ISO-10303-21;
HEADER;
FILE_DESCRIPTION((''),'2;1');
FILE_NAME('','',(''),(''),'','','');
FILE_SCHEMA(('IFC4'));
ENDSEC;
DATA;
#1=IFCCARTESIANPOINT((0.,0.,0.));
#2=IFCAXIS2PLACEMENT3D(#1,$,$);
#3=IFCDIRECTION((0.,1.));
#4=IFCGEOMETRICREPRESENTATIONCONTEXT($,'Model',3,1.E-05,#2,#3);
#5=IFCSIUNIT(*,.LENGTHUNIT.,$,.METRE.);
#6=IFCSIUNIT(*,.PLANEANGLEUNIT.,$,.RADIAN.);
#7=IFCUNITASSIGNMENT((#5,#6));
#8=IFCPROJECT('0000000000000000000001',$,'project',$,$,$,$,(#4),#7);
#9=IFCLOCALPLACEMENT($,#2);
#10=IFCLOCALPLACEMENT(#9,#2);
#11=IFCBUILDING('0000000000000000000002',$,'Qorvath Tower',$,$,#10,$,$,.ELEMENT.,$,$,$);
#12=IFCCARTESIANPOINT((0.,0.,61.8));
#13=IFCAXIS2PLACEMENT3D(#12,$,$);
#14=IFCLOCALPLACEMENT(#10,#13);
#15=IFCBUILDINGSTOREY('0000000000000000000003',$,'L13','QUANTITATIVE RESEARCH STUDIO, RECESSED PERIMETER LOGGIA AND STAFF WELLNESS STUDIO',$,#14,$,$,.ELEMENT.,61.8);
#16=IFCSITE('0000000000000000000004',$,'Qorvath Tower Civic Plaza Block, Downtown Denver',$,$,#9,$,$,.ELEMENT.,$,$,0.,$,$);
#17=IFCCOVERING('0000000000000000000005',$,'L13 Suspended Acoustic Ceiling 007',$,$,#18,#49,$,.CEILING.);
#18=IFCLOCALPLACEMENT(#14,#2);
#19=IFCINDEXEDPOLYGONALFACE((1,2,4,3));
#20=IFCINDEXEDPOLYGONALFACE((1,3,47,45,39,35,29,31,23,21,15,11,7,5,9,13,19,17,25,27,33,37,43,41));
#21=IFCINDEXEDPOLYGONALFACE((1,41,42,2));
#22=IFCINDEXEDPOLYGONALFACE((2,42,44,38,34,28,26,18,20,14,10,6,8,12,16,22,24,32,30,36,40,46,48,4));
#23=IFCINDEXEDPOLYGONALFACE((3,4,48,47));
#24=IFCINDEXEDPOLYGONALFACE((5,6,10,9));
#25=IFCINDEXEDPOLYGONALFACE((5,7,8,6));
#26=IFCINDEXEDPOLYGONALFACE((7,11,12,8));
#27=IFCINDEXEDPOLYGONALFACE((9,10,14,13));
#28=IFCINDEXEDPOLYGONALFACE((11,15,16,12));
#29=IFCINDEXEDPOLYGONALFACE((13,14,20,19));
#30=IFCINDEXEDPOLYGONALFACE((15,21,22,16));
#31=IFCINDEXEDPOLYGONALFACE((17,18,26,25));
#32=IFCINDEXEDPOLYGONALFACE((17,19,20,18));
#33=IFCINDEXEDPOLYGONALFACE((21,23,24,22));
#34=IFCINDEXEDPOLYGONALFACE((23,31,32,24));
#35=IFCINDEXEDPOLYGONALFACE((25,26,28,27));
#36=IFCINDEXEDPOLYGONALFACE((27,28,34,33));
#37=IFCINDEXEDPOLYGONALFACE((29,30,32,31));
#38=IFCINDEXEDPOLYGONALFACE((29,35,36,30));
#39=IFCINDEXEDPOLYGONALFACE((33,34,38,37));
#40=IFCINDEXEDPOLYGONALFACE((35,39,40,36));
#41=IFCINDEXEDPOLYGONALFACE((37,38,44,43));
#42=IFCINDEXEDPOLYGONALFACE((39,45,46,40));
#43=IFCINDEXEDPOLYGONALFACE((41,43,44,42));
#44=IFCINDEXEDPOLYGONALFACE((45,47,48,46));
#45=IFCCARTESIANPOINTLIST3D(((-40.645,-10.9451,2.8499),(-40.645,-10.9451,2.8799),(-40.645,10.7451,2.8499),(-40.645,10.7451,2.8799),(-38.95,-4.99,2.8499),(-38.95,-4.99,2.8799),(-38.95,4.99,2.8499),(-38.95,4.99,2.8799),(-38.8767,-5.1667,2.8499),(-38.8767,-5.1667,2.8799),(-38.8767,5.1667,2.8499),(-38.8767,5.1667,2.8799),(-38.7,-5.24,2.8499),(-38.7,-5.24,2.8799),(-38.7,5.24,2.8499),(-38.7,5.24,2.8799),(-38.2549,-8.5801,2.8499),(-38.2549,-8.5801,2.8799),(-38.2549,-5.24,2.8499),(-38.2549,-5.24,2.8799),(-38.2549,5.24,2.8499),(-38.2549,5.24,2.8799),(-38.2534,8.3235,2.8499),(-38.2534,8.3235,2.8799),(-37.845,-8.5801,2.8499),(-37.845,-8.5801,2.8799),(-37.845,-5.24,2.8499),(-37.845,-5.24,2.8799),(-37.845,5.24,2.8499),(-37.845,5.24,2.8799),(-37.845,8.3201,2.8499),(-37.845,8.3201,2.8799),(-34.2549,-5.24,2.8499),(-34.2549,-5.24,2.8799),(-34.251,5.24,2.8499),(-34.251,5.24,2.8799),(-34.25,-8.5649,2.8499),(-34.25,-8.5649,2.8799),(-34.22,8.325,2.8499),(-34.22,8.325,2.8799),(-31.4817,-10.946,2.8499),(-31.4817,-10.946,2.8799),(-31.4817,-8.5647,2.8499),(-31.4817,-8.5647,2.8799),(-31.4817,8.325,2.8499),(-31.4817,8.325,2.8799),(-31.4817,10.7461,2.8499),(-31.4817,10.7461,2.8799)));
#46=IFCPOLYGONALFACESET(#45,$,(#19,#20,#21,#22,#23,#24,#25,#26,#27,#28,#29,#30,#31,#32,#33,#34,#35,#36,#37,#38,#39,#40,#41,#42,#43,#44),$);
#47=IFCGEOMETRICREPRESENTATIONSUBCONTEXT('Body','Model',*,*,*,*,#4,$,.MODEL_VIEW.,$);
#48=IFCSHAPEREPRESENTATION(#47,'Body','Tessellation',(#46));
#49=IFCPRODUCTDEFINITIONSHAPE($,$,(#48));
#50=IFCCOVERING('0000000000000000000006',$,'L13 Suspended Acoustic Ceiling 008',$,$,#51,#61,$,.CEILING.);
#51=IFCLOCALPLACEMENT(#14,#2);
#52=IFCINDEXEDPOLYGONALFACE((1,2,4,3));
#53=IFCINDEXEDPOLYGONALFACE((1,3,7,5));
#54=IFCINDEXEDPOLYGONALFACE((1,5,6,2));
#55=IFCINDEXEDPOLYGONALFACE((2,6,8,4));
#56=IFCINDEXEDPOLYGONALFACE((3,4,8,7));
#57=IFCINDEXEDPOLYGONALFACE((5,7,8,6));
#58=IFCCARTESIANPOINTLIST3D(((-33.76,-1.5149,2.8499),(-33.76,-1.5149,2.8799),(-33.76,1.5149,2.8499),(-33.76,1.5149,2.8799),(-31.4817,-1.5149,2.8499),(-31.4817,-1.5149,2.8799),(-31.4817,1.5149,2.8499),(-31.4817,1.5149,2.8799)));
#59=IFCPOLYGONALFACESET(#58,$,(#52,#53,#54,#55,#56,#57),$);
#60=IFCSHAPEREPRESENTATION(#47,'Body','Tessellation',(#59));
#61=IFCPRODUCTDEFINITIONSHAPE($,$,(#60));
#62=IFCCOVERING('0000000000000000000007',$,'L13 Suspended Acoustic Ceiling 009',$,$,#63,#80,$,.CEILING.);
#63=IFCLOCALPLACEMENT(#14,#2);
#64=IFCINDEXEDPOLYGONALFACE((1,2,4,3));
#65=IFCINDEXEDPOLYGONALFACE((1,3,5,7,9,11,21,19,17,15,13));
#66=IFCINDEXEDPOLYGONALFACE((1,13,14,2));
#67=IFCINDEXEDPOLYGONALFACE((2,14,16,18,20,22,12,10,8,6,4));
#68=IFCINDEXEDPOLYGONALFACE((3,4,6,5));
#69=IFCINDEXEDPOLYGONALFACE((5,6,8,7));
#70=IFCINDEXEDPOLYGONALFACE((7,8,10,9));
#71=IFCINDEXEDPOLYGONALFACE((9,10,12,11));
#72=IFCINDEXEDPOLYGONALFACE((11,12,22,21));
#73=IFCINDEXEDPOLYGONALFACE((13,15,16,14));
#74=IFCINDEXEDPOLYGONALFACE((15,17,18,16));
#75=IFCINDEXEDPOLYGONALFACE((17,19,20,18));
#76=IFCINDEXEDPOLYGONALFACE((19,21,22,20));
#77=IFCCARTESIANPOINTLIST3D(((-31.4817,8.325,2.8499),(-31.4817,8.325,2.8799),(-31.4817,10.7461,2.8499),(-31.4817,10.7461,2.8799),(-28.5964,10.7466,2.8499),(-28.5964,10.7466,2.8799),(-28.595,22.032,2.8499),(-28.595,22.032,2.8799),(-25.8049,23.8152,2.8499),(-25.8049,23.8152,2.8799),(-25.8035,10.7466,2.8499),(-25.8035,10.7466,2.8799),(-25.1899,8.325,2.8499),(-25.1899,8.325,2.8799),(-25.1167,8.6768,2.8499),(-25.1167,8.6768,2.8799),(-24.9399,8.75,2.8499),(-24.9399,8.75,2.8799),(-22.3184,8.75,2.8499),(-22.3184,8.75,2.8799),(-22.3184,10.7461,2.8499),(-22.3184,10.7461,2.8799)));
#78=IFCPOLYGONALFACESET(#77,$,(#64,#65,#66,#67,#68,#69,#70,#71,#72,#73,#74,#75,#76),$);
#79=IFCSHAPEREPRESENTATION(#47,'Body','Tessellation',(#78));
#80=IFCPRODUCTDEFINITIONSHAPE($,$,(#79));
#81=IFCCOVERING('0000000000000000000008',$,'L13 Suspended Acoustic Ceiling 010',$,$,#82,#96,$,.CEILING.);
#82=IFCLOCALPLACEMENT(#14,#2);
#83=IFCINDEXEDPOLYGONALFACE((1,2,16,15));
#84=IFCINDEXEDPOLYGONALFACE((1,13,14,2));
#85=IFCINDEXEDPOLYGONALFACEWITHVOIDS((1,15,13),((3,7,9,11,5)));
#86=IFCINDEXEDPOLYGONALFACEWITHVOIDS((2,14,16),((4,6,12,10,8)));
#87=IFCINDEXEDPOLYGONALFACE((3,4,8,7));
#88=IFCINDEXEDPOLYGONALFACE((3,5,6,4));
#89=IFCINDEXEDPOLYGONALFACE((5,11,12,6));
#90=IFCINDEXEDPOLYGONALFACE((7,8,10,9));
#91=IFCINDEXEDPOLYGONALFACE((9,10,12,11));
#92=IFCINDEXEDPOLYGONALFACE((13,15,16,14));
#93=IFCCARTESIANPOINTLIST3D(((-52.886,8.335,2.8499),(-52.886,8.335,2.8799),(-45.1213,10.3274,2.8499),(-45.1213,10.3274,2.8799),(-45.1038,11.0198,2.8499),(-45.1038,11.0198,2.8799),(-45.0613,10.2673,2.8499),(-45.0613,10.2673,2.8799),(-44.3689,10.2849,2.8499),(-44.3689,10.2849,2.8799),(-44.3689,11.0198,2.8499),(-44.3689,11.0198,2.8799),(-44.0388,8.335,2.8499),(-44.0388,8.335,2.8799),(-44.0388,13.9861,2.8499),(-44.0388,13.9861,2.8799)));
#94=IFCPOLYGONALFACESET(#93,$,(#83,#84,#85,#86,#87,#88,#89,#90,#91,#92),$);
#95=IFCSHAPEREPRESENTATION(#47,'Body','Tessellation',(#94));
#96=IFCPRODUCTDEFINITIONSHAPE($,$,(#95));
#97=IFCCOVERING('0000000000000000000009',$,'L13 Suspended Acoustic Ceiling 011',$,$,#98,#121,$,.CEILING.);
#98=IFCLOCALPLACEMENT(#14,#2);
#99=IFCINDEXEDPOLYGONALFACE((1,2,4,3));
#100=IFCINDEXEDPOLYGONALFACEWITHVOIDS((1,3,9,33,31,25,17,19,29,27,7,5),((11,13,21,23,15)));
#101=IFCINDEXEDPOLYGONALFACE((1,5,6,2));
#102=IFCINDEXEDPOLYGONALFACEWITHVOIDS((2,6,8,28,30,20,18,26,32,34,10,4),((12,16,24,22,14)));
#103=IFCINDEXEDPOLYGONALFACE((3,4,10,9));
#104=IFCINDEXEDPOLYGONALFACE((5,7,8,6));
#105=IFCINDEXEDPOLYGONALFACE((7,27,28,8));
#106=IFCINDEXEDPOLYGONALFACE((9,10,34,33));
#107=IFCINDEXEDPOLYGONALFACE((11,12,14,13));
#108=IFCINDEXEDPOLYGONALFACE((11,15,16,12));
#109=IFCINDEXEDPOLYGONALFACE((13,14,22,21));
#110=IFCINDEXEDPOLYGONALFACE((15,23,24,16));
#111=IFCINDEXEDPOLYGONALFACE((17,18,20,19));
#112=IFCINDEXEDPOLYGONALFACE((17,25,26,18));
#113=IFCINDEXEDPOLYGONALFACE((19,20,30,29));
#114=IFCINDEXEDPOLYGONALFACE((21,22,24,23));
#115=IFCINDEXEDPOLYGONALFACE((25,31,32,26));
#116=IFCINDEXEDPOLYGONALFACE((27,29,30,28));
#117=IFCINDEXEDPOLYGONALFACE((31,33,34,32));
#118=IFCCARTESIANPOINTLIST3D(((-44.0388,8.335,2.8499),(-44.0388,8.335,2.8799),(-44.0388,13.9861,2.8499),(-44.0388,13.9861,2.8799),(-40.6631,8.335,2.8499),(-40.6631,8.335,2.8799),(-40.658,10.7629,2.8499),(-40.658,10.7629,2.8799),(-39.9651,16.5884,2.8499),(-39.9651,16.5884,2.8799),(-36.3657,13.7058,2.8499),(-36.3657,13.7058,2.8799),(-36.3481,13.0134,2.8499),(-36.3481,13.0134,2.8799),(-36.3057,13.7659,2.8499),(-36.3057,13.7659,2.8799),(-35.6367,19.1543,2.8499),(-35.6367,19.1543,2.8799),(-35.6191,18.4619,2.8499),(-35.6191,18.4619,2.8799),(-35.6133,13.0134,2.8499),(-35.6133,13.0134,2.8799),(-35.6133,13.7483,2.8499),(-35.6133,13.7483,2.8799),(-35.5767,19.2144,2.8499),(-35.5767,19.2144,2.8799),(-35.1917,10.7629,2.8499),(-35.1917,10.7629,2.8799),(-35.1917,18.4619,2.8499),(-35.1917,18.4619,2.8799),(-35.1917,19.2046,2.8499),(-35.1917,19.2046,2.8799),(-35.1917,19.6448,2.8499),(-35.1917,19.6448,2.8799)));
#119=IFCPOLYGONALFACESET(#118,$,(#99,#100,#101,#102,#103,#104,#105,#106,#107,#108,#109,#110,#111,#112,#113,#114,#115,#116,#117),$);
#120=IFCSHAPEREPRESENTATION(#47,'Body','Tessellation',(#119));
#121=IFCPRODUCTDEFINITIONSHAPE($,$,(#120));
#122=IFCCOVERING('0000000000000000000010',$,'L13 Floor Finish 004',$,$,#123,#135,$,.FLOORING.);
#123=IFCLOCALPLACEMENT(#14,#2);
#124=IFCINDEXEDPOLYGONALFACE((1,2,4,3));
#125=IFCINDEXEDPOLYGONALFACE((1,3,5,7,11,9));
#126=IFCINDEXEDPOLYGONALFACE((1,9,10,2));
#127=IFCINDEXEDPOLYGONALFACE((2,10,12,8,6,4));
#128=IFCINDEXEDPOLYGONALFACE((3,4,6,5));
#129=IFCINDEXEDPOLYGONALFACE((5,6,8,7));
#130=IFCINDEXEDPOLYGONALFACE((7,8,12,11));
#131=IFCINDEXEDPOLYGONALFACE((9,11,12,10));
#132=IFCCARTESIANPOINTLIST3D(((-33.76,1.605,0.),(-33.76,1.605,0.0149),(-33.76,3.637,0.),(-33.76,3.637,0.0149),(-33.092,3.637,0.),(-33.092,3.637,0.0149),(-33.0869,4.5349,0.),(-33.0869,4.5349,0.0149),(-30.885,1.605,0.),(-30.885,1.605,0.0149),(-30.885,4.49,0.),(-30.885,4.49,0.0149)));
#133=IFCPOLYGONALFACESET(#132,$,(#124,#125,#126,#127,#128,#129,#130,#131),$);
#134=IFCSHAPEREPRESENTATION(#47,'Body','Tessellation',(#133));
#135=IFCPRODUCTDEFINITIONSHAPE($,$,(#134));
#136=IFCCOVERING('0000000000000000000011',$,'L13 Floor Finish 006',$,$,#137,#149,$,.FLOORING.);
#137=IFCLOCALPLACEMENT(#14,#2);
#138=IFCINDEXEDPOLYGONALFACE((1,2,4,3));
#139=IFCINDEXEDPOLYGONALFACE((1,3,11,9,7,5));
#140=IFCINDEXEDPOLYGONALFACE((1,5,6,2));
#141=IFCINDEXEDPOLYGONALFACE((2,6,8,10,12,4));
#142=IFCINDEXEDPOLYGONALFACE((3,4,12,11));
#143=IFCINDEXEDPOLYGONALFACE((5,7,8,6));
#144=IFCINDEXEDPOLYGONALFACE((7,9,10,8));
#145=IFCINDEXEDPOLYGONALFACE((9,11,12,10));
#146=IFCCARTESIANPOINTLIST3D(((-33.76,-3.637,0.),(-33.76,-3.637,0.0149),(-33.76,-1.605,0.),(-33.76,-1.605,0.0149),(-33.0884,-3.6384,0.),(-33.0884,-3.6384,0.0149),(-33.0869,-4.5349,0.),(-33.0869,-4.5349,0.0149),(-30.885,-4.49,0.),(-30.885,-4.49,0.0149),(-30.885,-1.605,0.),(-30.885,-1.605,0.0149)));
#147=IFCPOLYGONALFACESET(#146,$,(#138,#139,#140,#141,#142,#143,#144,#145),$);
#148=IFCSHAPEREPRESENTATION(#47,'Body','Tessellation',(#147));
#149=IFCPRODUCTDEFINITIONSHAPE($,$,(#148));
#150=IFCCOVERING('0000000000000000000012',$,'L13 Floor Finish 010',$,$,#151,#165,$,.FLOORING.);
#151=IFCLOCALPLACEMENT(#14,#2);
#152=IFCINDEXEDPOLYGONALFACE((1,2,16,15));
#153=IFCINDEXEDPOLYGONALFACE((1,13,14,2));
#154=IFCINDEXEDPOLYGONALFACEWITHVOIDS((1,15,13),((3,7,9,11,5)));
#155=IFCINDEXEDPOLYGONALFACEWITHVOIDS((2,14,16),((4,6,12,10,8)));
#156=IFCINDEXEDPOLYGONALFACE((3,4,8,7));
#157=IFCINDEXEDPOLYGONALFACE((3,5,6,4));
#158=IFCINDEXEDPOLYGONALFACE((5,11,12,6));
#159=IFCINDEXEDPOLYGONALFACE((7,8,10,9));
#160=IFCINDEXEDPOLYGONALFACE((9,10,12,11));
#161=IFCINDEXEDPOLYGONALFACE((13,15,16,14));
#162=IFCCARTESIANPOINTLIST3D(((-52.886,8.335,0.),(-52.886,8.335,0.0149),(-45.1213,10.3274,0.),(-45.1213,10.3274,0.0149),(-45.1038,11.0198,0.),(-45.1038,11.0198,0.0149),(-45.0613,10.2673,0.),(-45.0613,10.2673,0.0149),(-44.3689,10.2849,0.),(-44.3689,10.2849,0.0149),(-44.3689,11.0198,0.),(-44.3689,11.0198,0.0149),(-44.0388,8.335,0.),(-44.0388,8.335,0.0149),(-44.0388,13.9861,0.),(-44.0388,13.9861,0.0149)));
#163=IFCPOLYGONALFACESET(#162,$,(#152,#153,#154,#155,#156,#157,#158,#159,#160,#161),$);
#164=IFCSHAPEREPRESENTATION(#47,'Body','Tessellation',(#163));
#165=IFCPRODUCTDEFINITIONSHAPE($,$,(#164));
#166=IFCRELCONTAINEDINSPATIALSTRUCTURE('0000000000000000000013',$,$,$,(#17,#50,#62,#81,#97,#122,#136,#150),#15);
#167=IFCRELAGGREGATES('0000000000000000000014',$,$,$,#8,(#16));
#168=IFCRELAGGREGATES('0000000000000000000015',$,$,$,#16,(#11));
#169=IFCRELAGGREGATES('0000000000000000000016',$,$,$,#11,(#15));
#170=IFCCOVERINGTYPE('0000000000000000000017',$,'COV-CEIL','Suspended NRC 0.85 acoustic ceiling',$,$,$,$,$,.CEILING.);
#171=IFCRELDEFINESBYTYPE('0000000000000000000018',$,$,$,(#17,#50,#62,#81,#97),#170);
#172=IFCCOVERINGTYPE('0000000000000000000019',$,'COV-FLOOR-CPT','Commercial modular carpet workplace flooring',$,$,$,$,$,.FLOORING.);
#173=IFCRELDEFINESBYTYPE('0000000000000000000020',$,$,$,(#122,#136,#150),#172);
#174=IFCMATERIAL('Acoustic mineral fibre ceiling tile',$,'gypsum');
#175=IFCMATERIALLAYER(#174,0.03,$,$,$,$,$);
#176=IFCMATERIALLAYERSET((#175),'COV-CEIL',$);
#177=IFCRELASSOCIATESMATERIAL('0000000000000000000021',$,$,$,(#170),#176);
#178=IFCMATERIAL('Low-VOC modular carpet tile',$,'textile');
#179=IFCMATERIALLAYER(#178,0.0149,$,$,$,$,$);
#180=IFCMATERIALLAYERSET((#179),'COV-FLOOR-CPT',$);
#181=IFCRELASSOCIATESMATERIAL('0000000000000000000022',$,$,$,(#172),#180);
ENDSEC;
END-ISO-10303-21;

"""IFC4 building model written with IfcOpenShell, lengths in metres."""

from ifc_helpers import new_model, si_unit, direction, frame, origin, place, context, subcontext, project, spatial, polyline, outline, extrude, material, layer, layer_set, type_object, element, save


model = new_model("IFC4")

# Units and contexts
model_context = context("Model", 3, precision=1e-05, world=origin(), true_north=direction((0.0, 1.0)))
body_context = subcontext(model_context, "Body", "Model", "MODEL_VIEW")
ifc_project = project(units=[si_unit("LENGTHUNIT", "METRE"), si_unit("PLANEANGLEUNIT", "RADIAN")], contexts=[model_context])

# Site, building, storey
site_placement = place(None, origin())
site = spatial("IfcSite", under=ifc_project, at=site_placement, Name="Qorvath Tower Civic Plaza Block, Downtown Denver", CompositionType="ELEMENT", RefElevation=0.0)
building_placement = place(site_placement, origin())
building = spatial("IfcBuilding", under=site, at=building_placement, Name="Qorvath Tower", CompositionType="ELEMENT")
storey_placement = place(building_placement, frame((0.0, 0.0, 61.8)))
storey = spatial("IfcBuildingStorey", under=building, at=storey_placement, Name="L13", Description="QUANTITATIVE RESEARCH STUDIO, RECESSED PERIMETER LOGGIA AND STAFF WELLNESS STUDIO", CompositionType="ELEMENT", Elevation=61.8)

# Coverings
ifc_material_1 = material(Name="Acoustic mineral fibre ceiling tile", Category="gypsum")
ifc_layer_1 = layer(ifc_material_1, 0.03)
ifc_layer_set_1 = layer_set([ifc_layer_1], Name="COV-CEIL")
covering_type_1 = type_object("IfcCoveringType", Name="COV-CEIL", Description="Suspended NRC 0.85 acoustic ceiling", PredefinedType="CEILING", material=ifc_layer_set_1)
covering_1_placement = place(storey_placement, frame((0.0, 0.0, 2.8499)))
element("IfcCovering", 1, at=covering_1_placement, inside=storey, type_object=covering_type_1, Name="L13 Suspended Acoustic Ceiling 007", PredefinedType="CEILING", context=body_context, shape_type="SweptSolid", body=[
    extrude(outline(polyline([(-31.4817, -10.946), (-31.4817, -8.5647), (-34.25, -8.5649), (-34.2549, -5.24), (-37.845, -5.24), (-37.845, -8.5801), (-38.2549, -8.5801), (-38.2549, -5.24), (-38.7, -5.24), (-38.8767, -5.1667), (-38.95, -4.99), (-38.95, 4.99), (-38.8767, 5.1667), (-38.7, 5.24), (-38.2549, 5.24), (-38.2534, 8.3235), (-37.845, 8.3201), (-37.845, 5.24), (-34.251, 5.24), (-34.22, 8.325), (-31.4817, 8.325), (-31.4817, 10.7461), (-40.645, 10.7451), (-40.645, -10.9451), (-31.4817, -10.946)])), origin(), (0.0, 0.0, 1.0), 0.03),
])
covering_2_placement = place(storey_placement, frame((0.0, 0.0, 2.8499)))
element("IfcCovering", 2, at=covering_2_placement, inside=storey, type_object=covering_type_1, Name="L13 Suspended Acoustic Ceiling 008", PredefinedType="CEILING", context=body_context, shape_type="SweptSolid", body=[
    extrude(outline(polyline([(-31.4817, -1.5149), (-31.4817, 1.5149), (-33.76, 1.5149), (-33.76, -1.5149), (-31.4817, -1.5149)])), origin(), (0.0, 0.0, 1.0), 0.03),
])
covering_3_placement = place(storey_placement, frame((0.0, 0.0, 2.8499)))
element("IfcCovering", 3, at=covering_3_placement, inside=storey, type_object=covering_type_1, Name="L13 Suspended Acoustic Ceiling 009", PredefinedType="CEILING", context=body_context, shape_type="SweptSolid", body=[
    extrude(outline(polyline([(-31.4817, 10.7461), (-31.4817, 8.325), (-25.1899, 8.325), (-25.1167, 8.6768), (-24.9399, 8.75), (-22.3184, 8.75), (-22.3184, 10.7461), (-25.8035, 10.7466), (-25.8049, 23.8152), (-28.595, 22.032), (-28.5964, 10.7466), (-31.4817, 10.7461)])), origin(), (0.0, 0.0, 1.0), 0.03),
])
covering_4_placement = place(storey_placement, frame((0.0, 0.0, 2.8499)))
element("IfcCovering", 4, at=covering_4_placement, inside=storey, type_object=covering_type_1, Name="L13 Suspended Acoustic Ceiling 010", PredefinedType="CEILING", context=body_context, shape_type="SweptSolid", body=[
    extrude(outline(polyline([(-52.886, 8.335), (-44.0388, 8.335), (-44.0388, 13.9861), (-52.886, 8.335)]), holes=[polyline([(-45.1213, 10.3274), (-45.1038, 11.0198), (-44.3689, 11.0198), (-44.3689, 10.2849), (-45.0613, 10.2673), (-45.1213, 10.3274)])]), origin(), (0.0, 0.0, 1.0), 0.03),
])
covering_5_placement = place(storey_placement, frame((0.0, 0.0, 2.8499)))
element("IfcCovering", 5, at=covering_5_placement, inside=storey, type_object=covering_type_1, Name="L13 Suspended Acoustic Ceiling 011", PredefinedType="CEILING", context=body_context, shape_type="SweptSolid", body=[
    extrude(outline(polyline([(-44.0388, 13.9861), (-44.0388, 8.335), (-40.6631, 8.335), (-40.658, 10.7629), (-35.1917, 10.7629), (-35.1917, 18.4619), (-35.6191, 18.4619), (-35.6367, 19.1543), (-35.5767, 19.2144), (-35.1917, 19.2046), (-35.1917, 19.6448), (-39.9651, 16.5884), (-44.0388, 13.9861)]), holes=[polyline([(-36.3657, 13.7058), (-36.3057, 13.7659), (-35.6133, 13.7483), (-35.6133, 13.0134), (-36.3481, 13.0134), (-36.3657, 13.7058)])]), origin(), (0.0, 0.0, 1.0), 0.03),
])
ifc_material_2 = material(Name="Low-VOC modular carpet tile", Category="textile")
ifc_layer_2 = layer(ifc_material_2, 0.0149)
ifc_layer_set_2 = layer_set([ifc_layer_2], Name="COV-FLOOR-CPT")
covering_type_2 = type_object("IfcCoveringType", Name="COV-FLOOR-CPT", Description="Commercial modular carpet workplace flooring", PredefinedType="FLOORING", material=ifc_layer_set_2)
covering_6_placement = place(storey_placement, origin())
element("IfcCovering", 6, at=covering_6_placement, inside=storey, type_object=covering_type_2, Name="L13 Floor Finish 004", PredefinedType="FLOORING", context=body_context, shape_type="SweptSolid", body=[
    extrude(outline(polyline([(-33.76, 3.637), (-33.76, 1.605), (-30.885, 1.605), (-30.885, 4.49), (-33.0869, 4.5349), (-33.092, 3.637), (-33.76, 3.637)])), origin(), (0.0, 0.0, 1.0), 0.0149),
])
covering_7_placement = place(storey_placement, origin())
element("IfcCovering", 7, at=covering_7_placement, inside=storey, type_object=covering_type_2, Name="L13 Floor Finish 006", PredefinedType="FLOORING", context=body_context, shape_type="SweptSolid", body=[
    extrude(outline(polyline([(-30.885, -1.605), (-33.76, -1.605), (-33.76, -3.637), (-33.0884, -3.6384), (-33.0869, -4.5349), (-30.885, -4.49), (-30.885, -1.605)])), origin(), (0.0, 0.0, 1.0), 0.0149),
])
covering_8_placement = place(storey_placement, origin())
element("IfcCovering", 8, at=covering_8_placement, inside=storey, type_object=covering_type_2, Name="L13 Floor Finish 010", PredefinedType="FLOORING", context=body_context, shape_type="SweptSolid", body=[
    extrude(outline(polyline([(-52.886, 8.335), (-44.0388, 8.335), (-44.0388, 13.9861), (-52.886, 8.335)]), holes=[polyline([(-45.1213, 10.3274), (-45.1038, 11.0198), (-44.3689, 11.0198), (-44.3689, 10.2849), (-45.0613, 10.2673), (-45.1213, 10.3274)])]), origin(), (0.0, 0.0, 1.0), 0.0149),
])

save(model, "model.ifc")
